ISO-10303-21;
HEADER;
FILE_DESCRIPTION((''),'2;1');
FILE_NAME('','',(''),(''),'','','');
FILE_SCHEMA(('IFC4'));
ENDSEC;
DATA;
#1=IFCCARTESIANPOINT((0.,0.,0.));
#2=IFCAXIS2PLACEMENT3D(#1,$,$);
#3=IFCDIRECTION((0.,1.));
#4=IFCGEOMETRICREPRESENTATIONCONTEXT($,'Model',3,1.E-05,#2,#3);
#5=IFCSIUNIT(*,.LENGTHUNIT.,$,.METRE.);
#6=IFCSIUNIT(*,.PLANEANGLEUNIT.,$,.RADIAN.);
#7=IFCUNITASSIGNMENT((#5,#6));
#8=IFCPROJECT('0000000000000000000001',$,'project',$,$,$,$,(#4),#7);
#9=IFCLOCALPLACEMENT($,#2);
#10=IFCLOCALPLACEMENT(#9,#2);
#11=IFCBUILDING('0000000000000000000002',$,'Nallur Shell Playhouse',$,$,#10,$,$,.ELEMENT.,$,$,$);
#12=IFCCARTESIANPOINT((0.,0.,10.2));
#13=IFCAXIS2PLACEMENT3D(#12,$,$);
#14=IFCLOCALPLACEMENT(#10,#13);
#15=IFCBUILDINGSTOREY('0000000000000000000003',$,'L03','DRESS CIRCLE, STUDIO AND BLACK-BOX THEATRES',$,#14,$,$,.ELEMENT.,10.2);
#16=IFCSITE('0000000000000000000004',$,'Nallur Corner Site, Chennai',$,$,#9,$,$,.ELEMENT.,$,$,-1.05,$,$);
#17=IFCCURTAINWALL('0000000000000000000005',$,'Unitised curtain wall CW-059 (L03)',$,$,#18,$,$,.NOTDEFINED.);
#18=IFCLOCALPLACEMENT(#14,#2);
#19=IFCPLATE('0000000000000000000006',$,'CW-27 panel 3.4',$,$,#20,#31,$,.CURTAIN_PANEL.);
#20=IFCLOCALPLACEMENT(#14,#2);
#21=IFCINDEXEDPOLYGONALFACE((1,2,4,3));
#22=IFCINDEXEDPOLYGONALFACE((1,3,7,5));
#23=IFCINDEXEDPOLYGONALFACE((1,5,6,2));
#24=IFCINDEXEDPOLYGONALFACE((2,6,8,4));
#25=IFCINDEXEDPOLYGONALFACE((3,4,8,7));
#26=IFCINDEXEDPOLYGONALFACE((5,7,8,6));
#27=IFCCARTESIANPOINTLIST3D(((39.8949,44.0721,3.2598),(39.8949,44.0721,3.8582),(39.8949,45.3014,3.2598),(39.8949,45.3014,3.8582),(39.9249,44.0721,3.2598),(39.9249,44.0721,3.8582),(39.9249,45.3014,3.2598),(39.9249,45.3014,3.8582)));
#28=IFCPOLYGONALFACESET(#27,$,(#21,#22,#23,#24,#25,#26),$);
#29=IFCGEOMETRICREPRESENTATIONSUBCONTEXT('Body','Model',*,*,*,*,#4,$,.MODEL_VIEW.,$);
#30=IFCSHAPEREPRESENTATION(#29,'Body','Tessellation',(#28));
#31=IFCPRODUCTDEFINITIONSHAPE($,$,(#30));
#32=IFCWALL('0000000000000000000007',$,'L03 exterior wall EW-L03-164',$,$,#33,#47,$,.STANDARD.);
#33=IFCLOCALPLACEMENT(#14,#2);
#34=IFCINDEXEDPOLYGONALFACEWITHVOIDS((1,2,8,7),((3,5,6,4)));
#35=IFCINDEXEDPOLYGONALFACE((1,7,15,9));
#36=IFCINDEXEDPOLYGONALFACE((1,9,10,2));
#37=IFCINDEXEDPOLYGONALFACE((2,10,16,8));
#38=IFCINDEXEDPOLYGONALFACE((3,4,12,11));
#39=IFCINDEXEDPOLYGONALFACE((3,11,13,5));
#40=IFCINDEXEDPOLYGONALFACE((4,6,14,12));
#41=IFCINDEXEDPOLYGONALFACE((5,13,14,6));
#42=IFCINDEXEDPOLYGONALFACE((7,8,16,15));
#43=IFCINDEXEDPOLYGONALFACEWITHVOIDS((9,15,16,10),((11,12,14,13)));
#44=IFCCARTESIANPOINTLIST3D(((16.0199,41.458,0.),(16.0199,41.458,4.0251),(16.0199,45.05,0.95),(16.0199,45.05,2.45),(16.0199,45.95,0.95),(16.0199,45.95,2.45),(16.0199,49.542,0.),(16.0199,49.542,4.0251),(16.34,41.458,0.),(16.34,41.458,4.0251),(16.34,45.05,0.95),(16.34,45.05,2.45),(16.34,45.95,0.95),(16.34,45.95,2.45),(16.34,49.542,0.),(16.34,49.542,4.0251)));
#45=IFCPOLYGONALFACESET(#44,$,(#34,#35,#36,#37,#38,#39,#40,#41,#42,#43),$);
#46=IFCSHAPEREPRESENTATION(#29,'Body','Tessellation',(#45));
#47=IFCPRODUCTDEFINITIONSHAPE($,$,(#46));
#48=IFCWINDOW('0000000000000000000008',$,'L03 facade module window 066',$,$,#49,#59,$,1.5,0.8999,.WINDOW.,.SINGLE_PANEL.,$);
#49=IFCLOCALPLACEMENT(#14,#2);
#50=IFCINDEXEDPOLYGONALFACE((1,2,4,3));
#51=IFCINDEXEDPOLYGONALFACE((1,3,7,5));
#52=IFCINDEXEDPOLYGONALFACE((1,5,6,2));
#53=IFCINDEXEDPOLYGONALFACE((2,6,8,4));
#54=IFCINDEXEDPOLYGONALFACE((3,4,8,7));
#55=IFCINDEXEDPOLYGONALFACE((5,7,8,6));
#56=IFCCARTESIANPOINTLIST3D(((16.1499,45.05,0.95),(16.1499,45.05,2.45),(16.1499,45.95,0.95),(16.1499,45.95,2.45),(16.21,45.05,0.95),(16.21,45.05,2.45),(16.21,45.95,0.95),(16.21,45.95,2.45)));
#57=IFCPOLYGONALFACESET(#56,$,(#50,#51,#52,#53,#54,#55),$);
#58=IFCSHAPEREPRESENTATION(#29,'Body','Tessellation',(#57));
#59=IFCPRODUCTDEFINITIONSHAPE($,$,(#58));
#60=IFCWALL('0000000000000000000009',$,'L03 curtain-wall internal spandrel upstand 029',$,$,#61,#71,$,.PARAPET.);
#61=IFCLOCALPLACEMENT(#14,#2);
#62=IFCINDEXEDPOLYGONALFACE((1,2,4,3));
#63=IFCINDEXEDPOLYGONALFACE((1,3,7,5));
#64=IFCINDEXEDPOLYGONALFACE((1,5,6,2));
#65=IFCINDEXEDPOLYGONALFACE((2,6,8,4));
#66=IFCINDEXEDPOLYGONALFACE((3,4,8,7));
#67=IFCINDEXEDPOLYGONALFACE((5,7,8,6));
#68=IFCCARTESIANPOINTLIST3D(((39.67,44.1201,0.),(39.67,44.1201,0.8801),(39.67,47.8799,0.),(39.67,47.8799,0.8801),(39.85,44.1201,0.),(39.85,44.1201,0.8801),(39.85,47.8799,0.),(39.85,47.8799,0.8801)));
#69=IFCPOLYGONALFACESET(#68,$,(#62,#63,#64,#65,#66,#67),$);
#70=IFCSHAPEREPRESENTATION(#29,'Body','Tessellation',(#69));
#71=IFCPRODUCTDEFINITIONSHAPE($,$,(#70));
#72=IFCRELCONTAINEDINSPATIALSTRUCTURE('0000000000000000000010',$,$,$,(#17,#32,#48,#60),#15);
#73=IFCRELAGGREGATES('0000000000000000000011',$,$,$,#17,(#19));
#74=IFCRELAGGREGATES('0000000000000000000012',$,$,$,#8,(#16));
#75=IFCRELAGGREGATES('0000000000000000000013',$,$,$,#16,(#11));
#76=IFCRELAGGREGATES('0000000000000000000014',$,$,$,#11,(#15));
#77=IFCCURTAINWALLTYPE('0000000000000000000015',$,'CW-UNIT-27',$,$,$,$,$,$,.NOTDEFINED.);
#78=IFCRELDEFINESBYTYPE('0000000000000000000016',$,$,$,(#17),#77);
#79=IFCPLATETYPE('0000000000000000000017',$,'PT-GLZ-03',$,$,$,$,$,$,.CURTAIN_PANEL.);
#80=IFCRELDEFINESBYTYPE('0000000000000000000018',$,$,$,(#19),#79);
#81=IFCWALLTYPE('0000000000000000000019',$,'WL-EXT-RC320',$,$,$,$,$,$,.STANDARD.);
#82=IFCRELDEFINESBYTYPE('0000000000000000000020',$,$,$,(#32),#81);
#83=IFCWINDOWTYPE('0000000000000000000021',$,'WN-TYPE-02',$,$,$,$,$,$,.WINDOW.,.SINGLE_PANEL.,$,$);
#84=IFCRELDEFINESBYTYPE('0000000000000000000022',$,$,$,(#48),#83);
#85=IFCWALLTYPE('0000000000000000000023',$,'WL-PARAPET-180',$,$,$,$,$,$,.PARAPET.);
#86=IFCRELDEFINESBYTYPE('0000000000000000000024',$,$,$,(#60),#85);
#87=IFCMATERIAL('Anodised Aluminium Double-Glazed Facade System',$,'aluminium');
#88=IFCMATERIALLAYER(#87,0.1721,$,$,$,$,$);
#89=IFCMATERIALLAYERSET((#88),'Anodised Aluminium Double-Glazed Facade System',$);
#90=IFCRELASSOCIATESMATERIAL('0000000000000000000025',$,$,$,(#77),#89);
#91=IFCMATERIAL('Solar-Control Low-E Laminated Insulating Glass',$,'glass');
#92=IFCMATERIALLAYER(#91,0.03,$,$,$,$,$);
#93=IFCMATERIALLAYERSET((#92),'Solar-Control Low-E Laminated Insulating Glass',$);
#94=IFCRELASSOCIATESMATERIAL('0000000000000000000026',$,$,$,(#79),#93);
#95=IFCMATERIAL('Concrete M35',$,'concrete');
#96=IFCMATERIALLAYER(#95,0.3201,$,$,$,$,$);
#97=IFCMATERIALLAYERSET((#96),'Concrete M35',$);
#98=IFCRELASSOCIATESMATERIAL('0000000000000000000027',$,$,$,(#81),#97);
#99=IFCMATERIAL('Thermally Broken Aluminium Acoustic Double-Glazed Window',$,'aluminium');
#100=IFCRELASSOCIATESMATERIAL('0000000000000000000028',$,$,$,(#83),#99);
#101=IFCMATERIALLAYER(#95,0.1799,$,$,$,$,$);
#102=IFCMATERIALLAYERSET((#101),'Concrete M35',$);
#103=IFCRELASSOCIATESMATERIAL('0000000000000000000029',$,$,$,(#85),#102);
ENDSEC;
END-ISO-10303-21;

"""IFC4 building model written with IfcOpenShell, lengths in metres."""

from ifc_helpers import new_model, si_unit, direction, frame, frame_2d, origin, origin_2d, place, context, subcontext, project, spatial, rectangle, extrude, material, layer, layer_set, type_object, element, fill, aggregate, save


model = new_model("IFC4")

# Units and contexts
model_context = context("Model", 3, precision=1e-05, world=origin(), true_north=direction((0.0, 1.0)))
body_context = subcontext(model_context, "Body", "Model", "MODEL_VIEW")
ifc_project = project(units=[si_unit("LENGTHUNIT", "METRE"), si_unit("PLANEANGLEUNIT", "RADIAN")], contexts=[model_context])

# Site, building, storey
site_placement = place(None, origin())
site = spatial("IfcSite", under=ifc_project, at=site_placement, Name="Nallur Corner Site, Chennai", CompositionType="ELEMENT", RefElevation=-1.05)
building_placement = place(site_placement, origin())
building = spatial("IfcBuilding", under=site, at=building_placement, Name="Nallur Shell Playhouse", CompositionType="ELEMENT")
storey_placement = place(building_placement, frame((0.0, 0.0, 10.2)))
storey = spatial("IfcBuildingStorey", under=building, at=storey_placement, Name="L03", Description="DRESS CIRCLE, STUDIO AND BLACK-BOX THEATRES", CompositionType="ELEMENT", Elevation=10.2)

# Curtain wall, plate
ifc_material_1 = material(Name="Anodised Aluminium Double-Glazed Facade System", Category="aluminium")
ifc_layer_1 = layer(ifc_material_1, 0.1721)
ifc_layer_set_1 = layer_set([ifc_layer_1], Name="Anodised Aluminium Double-Glazed Facade System")
curtain_wall_type = type_object("IfcCurtainWallType", Name="CW-UNIT-27", PredefinedType="NOTDEFINED", material=ifc_layer_set_1)
curtain_wall_placement = place(storey_placement, origin())
curtain_wall = element("IfcCurtainWall", 1, at=curtain_wall_placement, inside=storey, type_object=curtain_wall_type, Name="Unitised curtain wall CW-059 (L03)", PredefinedType="NOTDEFINED")
ifc_material_2 = material(Name="Solar-Control Low-E Laminated Insulating Glass", Category="glass")
ifc_layer_2 = layer(ifc_material_2, 0.03)
ifc_layer_set_2 = layer_set([ifc_layer_2], Name="Solar-Control Low-E Laminated Insulating Glass")
plate_type = type_object("IfcPlateType", Name="PT-GLZ-03", PredefinedType="CURTAIN_PANEL", material=ifc_layer_set_2)
plate_1_placement = place(storey_placement, frame((39.9099, 44.6868, 3.2598), z_axis=(0.0, 0.0, 1.0), x_axis=(0.0, -1.0, 0.0)))
plate_1 = element("IfcPlate", 2, at=plate_1_placement, type_object=plate_type, Name="CW-27 panel 3.4", PredefinedType="CURTAIN_PANEL", context=body_context, shape_type="SweptSolid", body=[
    extrude(rectangle(XDim=1.2292, YDim=0.03, at=origin_2d()), origin(), (0.0, 0.0, 1.0), 0.5984),
])
aggregate(curtain_wall, [plate_1])

# Wall, opening, window
ifc_material_3 = material(Name="Concrete M35", Category="concrete")
ifc_layer_3 = layer(ifc_material_3, 0.3201)
ifc_layer_set_3 = layer_set([ifc_layer_3], Name="Concrete M35")
wall_type_1 = type_object("IfcWallType", Name="WL-EXT-RC320", PredefinedType="STANDARD", material=ifc_layer_set_3)
wall_1_placement = place(storey_placement, frame((16.1799, 41.458, 0.0), z_axis=(0.0, 0.0, 1.0), x_axis=(0.0, 1.0, 0.0)))
wall_1 = element("IfcWall", 3, at=wall_1_placement, inside=storey, type_object=wall_type_1, Name="L03 exterior wall EW-L03-164", PredefinedType="STANDARD", context=body_context, shape_type="SweptSolid", body=[
    extrude(rectangle(XDim=8.084, YDim=0.3201, at=frame_2d((4.042, 0.0))), origin(), (0.0, 0.0, 1.0), 4.0251),
])
opening_placement = place(wall_1_placement, frame((3.592, 0.0, 0.95)))
opening = element("IfcOpeningElement", 4, at=opening_placement, cuts=wall_1, PredefinedType="OPENING", context=body_context, shape_type="SweptSolid", body=[
    extrude(rectangle(XDim=0.8999, YDim=1.5, at=frame_2d((0.45, 0.75))), frame((0.0, 0.1699, 0.0), z_axis=(0.0, -1.0, 0.0), x_axis=(1.0, 0.0, 0.0)), (0.0, 0.0, 1.0), 0.3401),
])
ifc_material_4 = material(Name="Thermally Broken Aluminium Acoustic Double-Glazed Window", Category="aluminium")
window_type = type_object("IfcWindowType", Name="WN-TYPE-02", PartitioningType="SINGLE_PANEL", PredefinedType="WINDOW", material=ifc_material_4)
window_placement = place(opening_placement, origin())
window = element("IfcWindow", 5, at=window_placement, inside=storey, type_object=window_type, Name="L03 facade module window 066", OverallHeight=1.5, OverallWidth=0.8999, PartitioningType="SINGLE_PANEL", PredefinedType="WINDOW", context=body_context, shape_type="SweptSolid", body=[
    extrude(rectangle(XDim=0.8999, YDim=1.5, at=frame_2d((0.45, 0.75))), frame((0.0, 0.03, 0.0), z_axis=(0.0, -1.0, 0.0), x_axis=(1.0, 0.0, 0.0)), (0.0, 0.0, 1.0), 0.0601),
])
fill(opening, window)

# Wall
ifc_layer_4 = layer(ifc_material_3, 0.1799)
ifc_layer_set_4 = layer_set([ifc_layer_4], Name="Concrete M35")
wall_type_2 = type_object("IfcWallType", Name="WL-PARAPET-180", PredefinedType="PARAPET", material=ifc_layer_set_4)
wall_2_placement = place(storey_placement, frame((39.76, 47.8799, 0.0), z_axis=(0.0, 0.0, 1.0), x_axis=(0.0, -1.0, 0.0)))
element("IfcWall", 6, at=wall_2_placement, inside=storey, type_object=wall_type_2, Name="L03 curtain-wall internal spandrel upstand 029", PredefinedType="PARAPET", context=body_context, shape_type="SweptSolid", body=[
    extrude(rectangle(XDim=3.7598, YDim=0.1799, at=frame_2d((1.8799, 0.0))), origin(), (0.0, 0.0, 1.0), 0.8801),
])

save(model, "model.ifc")
